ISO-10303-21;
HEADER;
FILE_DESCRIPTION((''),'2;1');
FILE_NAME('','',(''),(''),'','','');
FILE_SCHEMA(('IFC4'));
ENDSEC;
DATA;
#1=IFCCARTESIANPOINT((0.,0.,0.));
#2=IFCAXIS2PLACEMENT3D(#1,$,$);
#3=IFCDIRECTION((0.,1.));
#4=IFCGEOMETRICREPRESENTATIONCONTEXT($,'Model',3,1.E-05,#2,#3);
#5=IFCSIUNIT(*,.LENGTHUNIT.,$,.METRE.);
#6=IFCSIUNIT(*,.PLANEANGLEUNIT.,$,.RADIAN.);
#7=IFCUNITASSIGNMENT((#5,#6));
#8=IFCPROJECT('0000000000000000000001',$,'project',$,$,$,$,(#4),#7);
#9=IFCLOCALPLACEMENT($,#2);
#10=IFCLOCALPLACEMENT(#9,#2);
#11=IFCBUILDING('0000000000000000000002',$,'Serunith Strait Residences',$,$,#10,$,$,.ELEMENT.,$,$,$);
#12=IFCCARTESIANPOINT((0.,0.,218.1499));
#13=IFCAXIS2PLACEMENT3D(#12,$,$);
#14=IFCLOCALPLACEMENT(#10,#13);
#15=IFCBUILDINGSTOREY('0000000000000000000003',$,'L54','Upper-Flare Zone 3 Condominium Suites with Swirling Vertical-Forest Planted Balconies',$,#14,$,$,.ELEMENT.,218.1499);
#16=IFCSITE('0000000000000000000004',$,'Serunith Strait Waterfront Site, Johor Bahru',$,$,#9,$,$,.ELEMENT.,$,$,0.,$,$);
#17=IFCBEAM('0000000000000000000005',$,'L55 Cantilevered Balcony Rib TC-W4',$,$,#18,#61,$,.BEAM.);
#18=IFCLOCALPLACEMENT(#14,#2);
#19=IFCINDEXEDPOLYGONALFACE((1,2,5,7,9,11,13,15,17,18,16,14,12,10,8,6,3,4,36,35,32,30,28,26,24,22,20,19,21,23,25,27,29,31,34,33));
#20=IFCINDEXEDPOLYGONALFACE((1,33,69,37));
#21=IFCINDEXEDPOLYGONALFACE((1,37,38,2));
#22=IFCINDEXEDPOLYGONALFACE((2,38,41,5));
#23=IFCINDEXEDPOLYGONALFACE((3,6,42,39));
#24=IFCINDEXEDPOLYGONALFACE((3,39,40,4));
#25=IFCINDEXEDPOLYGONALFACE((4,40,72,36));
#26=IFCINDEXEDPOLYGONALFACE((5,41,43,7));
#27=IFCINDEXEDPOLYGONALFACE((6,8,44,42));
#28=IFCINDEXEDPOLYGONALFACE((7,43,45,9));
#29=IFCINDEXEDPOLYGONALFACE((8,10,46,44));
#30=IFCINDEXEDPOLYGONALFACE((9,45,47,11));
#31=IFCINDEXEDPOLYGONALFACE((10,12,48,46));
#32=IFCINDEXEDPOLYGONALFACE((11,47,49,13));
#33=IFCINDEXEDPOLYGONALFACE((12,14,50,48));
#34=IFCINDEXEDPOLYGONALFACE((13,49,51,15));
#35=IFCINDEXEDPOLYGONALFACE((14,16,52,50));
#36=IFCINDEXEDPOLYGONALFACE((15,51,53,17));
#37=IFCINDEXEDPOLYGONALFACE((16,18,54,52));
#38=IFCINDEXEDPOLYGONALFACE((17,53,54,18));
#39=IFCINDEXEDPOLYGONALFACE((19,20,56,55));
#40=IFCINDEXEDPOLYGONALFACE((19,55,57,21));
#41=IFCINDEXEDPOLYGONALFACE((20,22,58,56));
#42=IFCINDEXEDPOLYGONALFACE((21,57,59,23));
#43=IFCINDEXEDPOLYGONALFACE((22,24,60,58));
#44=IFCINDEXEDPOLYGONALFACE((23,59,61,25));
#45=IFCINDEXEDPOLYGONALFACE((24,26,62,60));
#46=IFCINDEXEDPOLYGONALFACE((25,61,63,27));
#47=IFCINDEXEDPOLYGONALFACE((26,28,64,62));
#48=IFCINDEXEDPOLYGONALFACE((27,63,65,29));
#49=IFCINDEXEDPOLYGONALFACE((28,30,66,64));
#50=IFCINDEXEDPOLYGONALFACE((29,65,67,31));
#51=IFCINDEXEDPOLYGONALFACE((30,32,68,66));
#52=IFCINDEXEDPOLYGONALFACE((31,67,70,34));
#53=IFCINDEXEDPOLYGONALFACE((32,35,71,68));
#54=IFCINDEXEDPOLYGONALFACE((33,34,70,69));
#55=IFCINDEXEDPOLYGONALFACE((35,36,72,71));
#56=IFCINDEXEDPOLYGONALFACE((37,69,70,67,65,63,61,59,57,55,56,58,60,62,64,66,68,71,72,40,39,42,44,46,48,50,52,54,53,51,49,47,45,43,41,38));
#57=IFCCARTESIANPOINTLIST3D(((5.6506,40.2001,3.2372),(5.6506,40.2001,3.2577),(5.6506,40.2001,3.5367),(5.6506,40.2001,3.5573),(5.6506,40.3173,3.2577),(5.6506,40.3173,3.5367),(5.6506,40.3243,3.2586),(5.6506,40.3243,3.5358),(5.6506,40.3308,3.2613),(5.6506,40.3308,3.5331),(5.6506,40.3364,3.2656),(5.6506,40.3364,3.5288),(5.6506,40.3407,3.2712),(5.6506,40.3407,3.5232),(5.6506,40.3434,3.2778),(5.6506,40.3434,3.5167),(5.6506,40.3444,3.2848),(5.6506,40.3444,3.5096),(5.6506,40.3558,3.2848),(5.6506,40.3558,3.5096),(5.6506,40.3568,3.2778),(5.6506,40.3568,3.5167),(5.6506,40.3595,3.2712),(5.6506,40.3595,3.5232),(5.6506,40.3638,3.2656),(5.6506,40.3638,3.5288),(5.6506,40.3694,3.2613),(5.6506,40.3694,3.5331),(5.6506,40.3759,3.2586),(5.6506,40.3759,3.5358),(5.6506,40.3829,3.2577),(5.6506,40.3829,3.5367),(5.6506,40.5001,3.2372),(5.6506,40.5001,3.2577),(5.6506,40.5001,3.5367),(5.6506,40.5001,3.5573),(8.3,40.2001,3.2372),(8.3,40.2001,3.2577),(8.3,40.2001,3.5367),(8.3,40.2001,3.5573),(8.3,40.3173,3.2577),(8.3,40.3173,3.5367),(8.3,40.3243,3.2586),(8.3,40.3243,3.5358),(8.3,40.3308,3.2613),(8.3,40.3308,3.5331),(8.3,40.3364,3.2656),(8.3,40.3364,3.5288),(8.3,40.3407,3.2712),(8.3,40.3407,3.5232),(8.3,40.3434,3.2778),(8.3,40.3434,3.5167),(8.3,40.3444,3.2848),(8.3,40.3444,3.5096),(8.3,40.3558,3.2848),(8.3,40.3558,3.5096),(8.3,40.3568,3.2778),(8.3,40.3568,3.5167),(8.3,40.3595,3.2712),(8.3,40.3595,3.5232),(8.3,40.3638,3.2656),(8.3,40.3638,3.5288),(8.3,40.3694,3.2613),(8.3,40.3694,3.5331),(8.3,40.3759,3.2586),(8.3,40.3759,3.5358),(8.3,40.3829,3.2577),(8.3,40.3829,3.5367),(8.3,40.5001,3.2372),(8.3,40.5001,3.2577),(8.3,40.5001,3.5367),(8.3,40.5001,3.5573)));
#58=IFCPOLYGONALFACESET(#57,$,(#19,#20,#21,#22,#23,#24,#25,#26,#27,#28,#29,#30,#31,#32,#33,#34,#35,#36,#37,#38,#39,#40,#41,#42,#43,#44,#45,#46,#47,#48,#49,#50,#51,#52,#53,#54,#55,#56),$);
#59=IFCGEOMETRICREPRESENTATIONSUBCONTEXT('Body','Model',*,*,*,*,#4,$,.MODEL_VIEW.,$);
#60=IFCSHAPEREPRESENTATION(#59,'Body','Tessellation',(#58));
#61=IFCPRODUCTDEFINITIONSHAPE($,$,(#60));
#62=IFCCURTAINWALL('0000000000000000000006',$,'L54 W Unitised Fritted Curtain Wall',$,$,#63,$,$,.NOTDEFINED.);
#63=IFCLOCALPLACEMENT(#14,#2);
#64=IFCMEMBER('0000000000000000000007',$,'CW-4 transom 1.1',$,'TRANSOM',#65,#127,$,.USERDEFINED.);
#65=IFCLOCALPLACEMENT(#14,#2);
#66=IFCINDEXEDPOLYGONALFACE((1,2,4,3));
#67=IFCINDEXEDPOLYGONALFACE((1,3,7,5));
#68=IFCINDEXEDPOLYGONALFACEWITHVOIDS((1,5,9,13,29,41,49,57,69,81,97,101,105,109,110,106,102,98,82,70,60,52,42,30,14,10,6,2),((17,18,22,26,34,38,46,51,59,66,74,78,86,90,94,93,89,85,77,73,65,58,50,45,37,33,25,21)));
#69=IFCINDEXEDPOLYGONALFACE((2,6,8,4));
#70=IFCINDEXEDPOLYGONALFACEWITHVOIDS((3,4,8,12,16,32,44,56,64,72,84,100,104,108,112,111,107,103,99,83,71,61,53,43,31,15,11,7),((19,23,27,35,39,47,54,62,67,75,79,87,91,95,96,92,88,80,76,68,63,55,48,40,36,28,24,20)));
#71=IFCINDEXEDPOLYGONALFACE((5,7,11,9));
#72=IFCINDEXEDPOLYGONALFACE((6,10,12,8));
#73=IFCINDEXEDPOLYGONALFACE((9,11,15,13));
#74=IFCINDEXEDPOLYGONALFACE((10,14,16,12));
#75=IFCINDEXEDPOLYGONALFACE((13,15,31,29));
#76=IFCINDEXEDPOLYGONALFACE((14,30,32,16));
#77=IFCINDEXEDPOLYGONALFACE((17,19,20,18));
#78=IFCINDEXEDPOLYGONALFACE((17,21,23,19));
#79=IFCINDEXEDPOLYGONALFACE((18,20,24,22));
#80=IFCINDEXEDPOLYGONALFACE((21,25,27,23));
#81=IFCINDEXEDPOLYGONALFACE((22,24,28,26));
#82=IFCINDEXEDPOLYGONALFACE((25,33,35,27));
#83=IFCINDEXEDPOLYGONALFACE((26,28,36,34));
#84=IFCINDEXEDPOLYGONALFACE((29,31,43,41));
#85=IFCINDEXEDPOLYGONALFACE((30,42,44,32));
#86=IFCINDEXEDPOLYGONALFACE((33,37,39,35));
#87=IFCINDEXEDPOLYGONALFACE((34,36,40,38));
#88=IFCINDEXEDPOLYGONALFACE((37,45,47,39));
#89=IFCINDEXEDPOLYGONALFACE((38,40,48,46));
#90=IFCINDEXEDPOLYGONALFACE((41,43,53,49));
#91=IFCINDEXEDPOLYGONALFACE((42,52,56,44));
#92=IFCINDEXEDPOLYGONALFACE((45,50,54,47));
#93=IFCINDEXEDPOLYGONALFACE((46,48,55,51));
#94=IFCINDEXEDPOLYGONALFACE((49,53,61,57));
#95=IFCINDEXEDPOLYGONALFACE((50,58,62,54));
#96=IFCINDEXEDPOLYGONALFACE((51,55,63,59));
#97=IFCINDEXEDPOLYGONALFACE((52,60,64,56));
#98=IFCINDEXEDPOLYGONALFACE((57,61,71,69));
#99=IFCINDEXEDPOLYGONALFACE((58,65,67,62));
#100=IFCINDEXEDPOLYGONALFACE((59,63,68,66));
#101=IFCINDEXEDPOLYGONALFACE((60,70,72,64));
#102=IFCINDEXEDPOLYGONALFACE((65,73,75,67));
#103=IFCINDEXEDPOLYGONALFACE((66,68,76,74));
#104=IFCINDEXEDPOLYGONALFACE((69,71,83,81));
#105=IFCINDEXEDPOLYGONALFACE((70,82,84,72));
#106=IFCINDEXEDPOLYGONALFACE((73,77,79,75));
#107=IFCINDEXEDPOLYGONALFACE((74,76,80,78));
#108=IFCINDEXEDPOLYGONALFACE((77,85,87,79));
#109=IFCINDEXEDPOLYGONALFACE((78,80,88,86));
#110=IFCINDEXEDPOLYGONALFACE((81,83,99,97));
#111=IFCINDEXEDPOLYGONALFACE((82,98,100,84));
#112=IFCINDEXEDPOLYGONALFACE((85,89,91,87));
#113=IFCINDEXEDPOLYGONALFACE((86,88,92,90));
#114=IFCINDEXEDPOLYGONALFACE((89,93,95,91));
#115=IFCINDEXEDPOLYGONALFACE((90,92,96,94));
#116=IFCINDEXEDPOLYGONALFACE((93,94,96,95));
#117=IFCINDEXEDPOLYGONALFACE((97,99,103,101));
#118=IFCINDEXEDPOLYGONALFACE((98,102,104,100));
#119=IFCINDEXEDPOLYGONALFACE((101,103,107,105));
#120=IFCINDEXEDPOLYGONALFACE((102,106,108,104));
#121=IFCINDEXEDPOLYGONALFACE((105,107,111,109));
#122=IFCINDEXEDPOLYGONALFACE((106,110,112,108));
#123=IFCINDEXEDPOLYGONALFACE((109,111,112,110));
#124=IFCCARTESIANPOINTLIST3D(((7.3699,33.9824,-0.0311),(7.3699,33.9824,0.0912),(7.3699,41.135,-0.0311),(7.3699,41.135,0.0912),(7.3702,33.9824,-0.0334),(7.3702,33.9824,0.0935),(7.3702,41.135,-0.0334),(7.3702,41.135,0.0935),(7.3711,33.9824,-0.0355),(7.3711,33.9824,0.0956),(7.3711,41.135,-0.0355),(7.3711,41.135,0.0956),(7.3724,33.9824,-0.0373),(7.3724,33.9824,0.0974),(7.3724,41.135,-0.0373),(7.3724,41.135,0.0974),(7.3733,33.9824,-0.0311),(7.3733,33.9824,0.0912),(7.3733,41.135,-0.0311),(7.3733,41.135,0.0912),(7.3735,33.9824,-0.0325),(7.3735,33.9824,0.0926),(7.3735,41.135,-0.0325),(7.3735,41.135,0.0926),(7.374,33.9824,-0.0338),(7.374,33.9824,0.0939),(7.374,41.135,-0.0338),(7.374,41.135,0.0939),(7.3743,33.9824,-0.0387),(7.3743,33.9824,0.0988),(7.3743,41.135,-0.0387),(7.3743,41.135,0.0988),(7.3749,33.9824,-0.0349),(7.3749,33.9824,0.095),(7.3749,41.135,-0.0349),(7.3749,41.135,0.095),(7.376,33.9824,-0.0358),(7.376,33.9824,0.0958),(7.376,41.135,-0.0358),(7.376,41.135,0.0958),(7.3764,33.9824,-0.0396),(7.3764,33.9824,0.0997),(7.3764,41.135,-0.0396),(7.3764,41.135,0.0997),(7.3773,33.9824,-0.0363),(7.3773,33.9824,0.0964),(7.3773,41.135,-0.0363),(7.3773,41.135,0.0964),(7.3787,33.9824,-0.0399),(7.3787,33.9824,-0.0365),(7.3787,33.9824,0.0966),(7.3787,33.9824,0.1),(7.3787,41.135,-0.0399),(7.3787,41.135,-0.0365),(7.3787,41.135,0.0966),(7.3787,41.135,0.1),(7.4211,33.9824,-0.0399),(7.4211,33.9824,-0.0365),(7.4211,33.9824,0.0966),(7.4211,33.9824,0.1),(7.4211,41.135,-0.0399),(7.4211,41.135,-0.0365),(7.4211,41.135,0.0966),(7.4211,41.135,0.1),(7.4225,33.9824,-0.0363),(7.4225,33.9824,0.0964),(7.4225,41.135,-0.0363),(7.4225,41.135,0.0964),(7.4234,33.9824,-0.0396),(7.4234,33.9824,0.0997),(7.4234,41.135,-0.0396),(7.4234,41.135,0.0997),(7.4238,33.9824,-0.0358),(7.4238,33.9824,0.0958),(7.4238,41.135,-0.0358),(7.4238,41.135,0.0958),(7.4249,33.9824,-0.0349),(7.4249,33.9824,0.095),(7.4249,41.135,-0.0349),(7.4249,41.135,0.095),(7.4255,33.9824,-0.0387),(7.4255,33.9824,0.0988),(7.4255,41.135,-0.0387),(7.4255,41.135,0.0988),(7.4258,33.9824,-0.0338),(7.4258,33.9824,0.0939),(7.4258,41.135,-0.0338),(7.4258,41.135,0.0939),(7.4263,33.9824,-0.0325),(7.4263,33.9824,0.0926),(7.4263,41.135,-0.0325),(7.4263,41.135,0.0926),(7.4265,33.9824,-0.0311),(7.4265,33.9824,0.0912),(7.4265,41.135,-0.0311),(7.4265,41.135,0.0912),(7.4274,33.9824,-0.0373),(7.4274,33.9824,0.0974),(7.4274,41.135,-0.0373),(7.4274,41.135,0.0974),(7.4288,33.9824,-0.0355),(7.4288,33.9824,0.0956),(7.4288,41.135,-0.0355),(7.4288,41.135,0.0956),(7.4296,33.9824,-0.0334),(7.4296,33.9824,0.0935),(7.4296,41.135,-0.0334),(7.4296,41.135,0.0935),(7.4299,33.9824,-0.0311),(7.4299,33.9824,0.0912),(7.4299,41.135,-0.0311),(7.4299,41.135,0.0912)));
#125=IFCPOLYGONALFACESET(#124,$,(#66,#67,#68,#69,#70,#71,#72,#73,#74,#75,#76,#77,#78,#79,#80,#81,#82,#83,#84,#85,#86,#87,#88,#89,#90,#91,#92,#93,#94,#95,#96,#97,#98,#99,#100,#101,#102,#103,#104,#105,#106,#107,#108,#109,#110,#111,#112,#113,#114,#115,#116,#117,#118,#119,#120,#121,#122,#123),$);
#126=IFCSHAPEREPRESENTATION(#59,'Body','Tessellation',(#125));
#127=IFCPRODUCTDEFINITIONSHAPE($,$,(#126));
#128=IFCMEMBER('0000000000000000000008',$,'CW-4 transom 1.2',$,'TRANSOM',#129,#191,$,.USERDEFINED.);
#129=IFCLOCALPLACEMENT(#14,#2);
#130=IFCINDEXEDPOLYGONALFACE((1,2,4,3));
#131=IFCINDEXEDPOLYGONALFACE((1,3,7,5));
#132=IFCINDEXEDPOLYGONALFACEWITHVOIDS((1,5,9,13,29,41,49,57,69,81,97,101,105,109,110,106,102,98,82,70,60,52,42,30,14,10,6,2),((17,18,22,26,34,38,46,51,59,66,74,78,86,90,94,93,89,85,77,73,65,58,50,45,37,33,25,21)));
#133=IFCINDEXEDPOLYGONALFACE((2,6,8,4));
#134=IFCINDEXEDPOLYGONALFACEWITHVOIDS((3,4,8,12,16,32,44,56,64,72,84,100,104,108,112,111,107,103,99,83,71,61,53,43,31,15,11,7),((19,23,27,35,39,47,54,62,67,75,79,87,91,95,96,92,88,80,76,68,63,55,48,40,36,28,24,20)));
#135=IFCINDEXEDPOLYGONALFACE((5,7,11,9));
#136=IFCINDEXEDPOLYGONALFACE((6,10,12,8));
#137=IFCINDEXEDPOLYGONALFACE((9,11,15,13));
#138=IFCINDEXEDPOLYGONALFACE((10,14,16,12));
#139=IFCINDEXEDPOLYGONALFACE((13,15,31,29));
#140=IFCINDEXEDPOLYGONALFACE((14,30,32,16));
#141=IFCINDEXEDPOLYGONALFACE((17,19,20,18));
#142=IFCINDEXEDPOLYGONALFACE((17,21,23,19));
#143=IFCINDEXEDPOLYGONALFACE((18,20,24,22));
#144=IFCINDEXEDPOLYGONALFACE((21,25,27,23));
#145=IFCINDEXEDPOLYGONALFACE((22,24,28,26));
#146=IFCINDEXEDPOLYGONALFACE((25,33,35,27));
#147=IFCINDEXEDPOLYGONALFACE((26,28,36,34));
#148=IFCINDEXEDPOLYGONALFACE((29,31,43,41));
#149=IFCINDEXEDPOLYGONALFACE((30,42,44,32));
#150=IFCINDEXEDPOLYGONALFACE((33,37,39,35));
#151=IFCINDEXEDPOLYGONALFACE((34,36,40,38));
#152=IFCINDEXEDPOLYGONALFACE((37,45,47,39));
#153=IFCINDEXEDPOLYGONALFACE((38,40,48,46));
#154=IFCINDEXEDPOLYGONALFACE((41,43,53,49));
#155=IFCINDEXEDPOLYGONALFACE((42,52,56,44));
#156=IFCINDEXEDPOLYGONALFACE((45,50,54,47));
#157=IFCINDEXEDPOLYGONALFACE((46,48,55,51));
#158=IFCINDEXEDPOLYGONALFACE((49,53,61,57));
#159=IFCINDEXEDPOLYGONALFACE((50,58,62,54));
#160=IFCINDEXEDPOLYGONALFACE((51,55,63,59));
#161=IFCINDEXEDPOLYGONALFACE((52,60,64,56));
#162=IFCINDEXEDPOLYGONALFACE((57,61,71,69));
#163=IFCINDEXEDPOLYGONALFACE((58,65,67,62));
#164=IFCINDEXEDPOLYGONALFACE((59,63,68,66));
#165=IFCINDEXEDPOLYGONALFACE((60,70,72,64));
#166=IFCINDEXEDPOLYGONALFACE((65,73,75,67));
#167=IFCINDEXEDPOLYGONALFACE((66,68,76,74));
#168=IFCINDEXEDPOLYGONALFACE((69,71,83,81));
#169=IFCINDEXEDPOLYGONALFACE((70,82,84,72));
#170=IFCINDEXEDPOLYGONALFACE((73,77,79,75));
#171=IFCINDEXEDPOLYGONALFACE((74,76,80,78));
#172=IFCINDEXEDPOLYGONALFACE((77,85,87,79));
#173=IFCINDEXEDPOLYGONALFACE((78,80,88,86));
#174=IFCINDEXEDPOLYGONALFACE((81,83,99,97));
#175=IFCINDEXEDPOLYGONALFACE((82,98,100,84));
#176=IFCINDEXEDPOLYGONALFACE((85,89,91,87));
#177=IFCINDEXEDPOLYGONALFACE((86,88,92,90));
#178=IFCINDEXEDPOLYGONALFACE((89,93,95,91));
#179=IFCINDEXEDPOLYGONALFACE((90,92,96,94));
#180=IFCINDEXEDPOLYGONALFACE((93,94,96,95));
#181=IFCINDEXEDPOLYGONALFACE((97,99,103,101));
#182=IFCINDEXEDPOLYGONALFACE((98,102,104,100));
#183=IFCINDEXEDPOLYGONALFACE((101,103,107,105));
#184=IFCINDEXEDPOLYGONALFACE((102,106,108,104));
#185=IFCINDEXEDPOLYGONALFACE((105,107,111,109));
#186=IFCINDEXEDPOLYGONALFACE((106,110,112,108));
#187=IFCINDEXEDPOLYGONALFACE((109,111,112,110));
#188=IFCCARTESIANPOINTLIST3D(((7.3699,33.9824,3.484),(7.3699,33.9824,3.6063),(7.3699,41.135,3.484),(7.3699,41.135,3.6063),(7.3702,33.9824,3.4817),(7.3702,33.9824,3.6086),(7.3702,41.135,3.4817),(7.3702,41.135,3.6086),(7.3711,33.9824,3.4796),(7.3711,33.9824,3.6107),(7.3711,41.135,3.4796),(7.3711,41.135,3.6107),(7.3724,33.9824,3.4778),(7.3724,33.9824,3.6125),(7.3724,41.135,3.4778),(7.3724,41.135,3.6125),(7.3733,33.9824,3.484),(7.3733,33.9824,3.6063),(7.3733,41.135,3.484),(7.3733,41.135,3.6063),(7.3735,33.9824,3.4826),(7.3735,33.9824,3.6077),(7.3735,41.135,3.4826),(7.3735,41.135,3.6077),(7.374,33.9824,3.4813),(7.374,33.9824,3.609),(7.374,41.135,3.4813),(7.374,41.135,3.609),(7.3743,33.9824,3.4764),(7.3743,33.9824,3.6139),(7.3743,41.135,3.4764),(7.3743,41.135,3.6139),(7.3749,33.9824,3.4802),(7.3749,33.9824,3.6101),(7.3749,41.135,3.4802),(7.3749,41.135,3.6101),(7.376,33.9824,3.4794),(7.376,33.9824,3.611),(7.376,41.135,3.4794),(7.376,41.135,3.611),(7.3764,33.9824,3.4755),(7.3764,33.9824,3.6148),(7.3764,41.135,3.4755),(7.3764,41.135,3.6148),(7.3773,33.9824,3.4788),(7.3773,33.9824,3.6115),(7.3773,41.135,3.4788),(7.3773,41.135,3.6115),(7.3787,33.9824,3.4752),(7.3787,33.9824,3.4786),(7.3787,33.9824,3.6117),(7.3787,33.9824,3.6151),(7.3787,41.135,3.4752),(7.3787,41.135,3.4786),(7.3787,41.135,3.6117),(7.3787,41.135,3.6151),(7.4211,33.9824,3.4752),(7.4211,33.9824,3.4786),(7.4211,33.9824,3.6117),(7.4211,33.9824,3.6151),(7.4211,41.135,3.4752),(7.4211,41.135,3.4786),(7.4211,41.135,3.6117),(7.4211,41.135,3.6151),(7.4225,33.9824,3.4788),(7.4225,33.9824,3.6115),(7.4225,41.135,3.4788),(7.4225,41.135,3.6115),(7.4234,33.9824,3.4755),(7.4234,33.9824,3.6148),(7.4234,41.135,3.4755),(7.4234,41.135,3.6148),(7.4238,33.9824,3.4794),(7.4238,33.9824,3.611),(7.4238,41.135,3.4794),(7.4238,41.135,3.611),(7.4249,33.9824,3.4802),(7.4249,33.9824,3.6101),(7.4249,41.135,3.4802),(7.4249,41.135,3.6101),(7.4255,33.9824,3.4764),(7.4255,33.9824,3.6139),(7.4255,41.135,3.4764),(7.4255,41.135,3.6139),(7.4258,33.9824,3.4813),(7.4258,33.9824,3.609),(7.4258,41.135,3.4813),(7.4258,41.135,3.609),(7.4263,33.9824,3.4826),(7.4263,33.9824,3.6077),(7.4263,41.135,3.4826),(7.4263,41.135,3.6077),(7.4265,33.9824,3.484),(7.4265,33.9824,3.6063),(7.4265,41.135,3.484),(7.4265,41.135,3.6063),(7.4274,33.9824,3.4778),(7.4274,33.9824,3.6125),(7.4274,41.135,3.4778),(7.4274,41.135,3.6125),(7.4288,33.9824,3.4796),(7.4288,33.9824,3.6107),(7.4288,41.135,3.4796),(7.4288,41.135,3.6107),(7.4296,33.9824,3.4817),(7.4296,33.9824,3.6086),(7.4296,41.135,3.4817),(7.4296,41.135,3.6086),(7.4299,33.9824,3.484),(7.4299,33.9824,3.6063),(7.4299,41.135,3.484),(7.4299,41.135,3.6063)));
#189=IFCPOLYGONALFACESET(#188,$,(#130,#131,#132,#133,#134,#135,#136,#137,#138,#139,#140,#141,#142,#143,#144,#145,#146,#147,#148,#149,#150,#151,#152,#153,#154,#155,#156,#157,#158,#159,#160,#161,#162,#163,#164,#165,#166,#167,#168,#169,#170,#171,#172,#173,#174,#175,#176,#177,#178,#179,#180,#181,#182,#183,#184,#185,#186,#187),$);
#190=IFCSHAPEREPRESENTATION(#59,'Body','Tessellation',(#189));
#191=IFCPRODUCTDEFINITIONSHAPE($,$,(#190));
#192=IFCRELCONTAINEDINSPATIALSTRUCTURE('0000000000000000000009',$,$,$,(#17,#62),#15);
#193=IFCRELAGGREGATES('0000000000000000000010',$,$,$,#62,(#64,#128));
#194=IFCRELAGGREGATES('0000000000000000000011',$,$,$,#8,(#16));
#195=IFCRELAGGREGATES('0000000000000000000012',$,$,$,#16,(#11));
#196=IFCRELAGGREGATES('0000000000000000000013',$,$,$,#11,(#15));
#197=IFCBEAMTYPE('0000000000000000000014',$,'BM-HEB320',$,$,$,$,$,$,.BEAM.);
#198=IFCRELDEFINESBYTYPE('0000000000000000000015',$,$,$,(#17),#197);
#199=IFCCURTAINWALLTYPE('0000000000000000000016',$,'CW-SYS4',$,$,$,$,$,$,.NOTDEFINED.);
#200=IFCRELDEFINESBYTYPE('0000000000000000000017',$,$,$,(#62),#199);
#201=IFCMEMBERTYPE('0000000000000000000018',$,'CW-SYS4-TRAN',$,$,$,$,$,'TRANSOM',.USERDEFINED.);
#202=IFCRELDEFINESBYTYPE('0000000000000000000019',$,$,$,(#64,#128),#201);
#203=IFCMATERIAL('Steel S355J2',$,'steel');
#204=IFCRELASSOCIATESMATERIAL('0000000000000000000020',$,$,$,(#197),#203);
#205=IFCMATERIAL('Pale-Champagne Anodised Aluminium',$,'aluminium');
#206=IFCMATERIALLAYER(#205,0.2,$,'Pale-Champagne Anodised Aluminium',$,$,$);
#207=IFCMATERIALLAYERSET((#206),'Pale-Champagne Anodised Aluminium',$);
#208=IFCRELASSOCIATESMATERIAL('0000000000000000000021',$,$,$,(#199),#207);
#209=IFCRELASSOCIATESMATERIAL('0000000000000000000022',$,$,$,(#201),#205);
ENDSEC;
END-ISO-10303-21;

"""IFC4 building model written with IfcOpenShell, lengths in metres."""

from ifc_helpers import new_model, si_unit, direction, frame, origin, origin_2d, place, context, subcontext, project, spatial, hollow_rectangle, i_section, extrude, source, transform, mapped, material, layer, layer_set, material_profile, profile_set, type_object, element, aggregate, save


model = new_model("IFC4")

# Units and contexts
model_context = context("Model", 3, precision=1e-05, world=origin(), true_north=direction((0.0, 1.0)))
body_context = subcontext(model_context, "Body", "Model", "MODEL_VIEW")
ifc_project = project(units=[si_unit("LENGTHUNIT", "METRE"), si_unit("PLANEANGLEUNIT", "RADIAN")], contexts=[model_context])

# Site, building, storey
site_placement = place(None, origin())
site = spatial("IfcSite", under=ifc_project, at=site_placement, Name="Serunith Strait Waterfront Site, Johor Bahru", CompositionType="ELEMENT", RefElevation=0.0)
building_placement = place(site_placement, origin())
building = spatial("IfcBuilding", under=site, at=building_placement, Name="Serunith Strait Residences", CompositionType="ELEMENT")
storey_placement = place(building_placement, frame((0.0, 0.0, 218.1499)))
storey = spatial("IfcBuildingStorey", under=building, at=storey_placement, Name="L54", Description="Upper-Flare Zone 3 Condominium Suites with Swirling Vertical-Forest Planted Balconies", CompositionType="ELEMENT", Elevation=218.1499)

# Beam
ifc_material_1 = material(Name="Steel S355J2", Category="steel")
ifc_material_profile_1 = material_profile(ifc_material_1, i_section(OverallWidth=0.3, OverallDepth=0.3201, WebThickness=0.0115, FlangeThickness=0.0205, FilletRadius=0.0271, at=origin_2d()), Name="HEB 320")
ifc_profile_set_1 = profile_set([ifc_material_profile_1], Name="Steel S355J2")
beam_type_1 = type_object("IfcBeamType", Name="BM-HEB320", PredefinedType="BEAM", material=ifc_profile_set_1)
shared_shape_1 = source(origin(), body_context, "Body", "SweptSolid", [
    extrude(i_section(OverallWidth=0.3, OverallDepth=0.3201, WebThickness=0.0115, FlangeThickness=0.0205, FilletRadius=0.0271, at=origin_2d()), origin(), (0.0, 0.0, 1.0), 2.6494),
])
beam_1_placement = place(storey_placement, frame((8.3, 40.3501, 3.3972), z_axis=(-1.0, 0.0, 0.0), x_axis=(0.0, -1.0, 0.0)))
element("IfcBeam", 1, at=beam_1_placement, inside=storey, type_object=beam_type_1, Name="L55 Cantilevered Balcony Rib TC-W4", PredefinedType="BEAM", context=body_context, shape_type="MappedRepresentation", body=[
    mapped(shared_shape_1, transform((0.0, 0.0, 0.0), scale=1.0)),
])

# Curtain wall, members
ifc_material_2 = material(Name="Pale-Champagne Anodised Aluminium", Category="aluminium")
ifc_layer_1 = layer(ifc_material_2, 0.2, Name="Pale-Champagne Anodised Aluminium")
ifc_layer_set_1 = layer_set([ifc_layer_1], Name="Pale-Champagne Anodised Aluminium")
curtain_wall_type = type_object("IfcCurtainWallType", Name="CW-SYS4", PredefinedType="NOTDEFINED", material=ifc_layer_set_1)
curtain_wall_1_placement = place(storey_placement, origin())
curtain_wall_1 = element("IfcCurtainWall", 2, at=curtain_wall_1_placement, inside=storey, type_object=curtain_wall_type, Name="L54 W Unitised Fritted Curtain Wall", PredefinedType="NOTDEFINED")
ifc_material_profile_2 = material_profile(ifc_material_2, hollow_rectangle(XDim=0.0601, YDim=0.1399, WallThickness=0.0034, InnerFilletRadius=0.0054, OuterFilletRadius=0.0088, at=origin_2d()), Name="ALU 140x60x3.5")
ifc_profile_set_2 = profile_set([ifc_material_profile_2], Name="Pale-Champagne Anodised Aluminium")
member_type_1 = type_object("IfcMemberType", Name="CW-SYS4-TRAN", ElementType="TRANSOM", PredefinedType="USERDEFINED", material=ifc_profile_set_2)
shared_shape_2 = source(origin(), body_context, "Body", "SweptSolid", [
    extrude(hollow_rectangle(XDim=0.0601, YDim=0.1399, WallThickness=0.0034, InnerFilletRadius=0.0054, OuterFilletRadius=0.0088, at=origin_2d()), origin(), (0.0, 0.0, 1.0), 7.1526),
])
member_1_placement = place(storey_placement, frame((7.3999, 41.135, 0.03), z_axis=(0.0, -1.0, 0.0), x_axis=(1.0, 0.0, 0.0)))
member_1 = element("IfcMember", 3, at=member_1_placement, type_object=member_type_1, Name="CW-4 transom 1.1", ObjectType="TRANSOM", PredefinedType="USERDEFINED", context=body_context, shape_type="MappedRepresentation", body=[
    mapped(shared_shape_2, transform((0.0, 0.0, 0.0), scale=1.0)),
])
member_2_placement = place(storey_placement, frame((7.3999, 41.135, 3.5452), z_axis=(0.0, -1.0, 0.0), x_axis=(1.0, 0.0, 0.0)))
member_2 = element("IfcMember", 4, at=member_2_placement, type_object=member_type_1, Name="CW-4 transom 1.2", ObjectType="TRANSOM", PredefinedType="USERDEFINED", context=body_context, shape_type="MappedRepresentation", body=[
    mapped(shared_shape_2, transform((0.0, 0.0, 0.0), scale=1.0)),
])

aggregate(curtain_wall_1, [member_1, member_2])

save(model, "model.ifc")
